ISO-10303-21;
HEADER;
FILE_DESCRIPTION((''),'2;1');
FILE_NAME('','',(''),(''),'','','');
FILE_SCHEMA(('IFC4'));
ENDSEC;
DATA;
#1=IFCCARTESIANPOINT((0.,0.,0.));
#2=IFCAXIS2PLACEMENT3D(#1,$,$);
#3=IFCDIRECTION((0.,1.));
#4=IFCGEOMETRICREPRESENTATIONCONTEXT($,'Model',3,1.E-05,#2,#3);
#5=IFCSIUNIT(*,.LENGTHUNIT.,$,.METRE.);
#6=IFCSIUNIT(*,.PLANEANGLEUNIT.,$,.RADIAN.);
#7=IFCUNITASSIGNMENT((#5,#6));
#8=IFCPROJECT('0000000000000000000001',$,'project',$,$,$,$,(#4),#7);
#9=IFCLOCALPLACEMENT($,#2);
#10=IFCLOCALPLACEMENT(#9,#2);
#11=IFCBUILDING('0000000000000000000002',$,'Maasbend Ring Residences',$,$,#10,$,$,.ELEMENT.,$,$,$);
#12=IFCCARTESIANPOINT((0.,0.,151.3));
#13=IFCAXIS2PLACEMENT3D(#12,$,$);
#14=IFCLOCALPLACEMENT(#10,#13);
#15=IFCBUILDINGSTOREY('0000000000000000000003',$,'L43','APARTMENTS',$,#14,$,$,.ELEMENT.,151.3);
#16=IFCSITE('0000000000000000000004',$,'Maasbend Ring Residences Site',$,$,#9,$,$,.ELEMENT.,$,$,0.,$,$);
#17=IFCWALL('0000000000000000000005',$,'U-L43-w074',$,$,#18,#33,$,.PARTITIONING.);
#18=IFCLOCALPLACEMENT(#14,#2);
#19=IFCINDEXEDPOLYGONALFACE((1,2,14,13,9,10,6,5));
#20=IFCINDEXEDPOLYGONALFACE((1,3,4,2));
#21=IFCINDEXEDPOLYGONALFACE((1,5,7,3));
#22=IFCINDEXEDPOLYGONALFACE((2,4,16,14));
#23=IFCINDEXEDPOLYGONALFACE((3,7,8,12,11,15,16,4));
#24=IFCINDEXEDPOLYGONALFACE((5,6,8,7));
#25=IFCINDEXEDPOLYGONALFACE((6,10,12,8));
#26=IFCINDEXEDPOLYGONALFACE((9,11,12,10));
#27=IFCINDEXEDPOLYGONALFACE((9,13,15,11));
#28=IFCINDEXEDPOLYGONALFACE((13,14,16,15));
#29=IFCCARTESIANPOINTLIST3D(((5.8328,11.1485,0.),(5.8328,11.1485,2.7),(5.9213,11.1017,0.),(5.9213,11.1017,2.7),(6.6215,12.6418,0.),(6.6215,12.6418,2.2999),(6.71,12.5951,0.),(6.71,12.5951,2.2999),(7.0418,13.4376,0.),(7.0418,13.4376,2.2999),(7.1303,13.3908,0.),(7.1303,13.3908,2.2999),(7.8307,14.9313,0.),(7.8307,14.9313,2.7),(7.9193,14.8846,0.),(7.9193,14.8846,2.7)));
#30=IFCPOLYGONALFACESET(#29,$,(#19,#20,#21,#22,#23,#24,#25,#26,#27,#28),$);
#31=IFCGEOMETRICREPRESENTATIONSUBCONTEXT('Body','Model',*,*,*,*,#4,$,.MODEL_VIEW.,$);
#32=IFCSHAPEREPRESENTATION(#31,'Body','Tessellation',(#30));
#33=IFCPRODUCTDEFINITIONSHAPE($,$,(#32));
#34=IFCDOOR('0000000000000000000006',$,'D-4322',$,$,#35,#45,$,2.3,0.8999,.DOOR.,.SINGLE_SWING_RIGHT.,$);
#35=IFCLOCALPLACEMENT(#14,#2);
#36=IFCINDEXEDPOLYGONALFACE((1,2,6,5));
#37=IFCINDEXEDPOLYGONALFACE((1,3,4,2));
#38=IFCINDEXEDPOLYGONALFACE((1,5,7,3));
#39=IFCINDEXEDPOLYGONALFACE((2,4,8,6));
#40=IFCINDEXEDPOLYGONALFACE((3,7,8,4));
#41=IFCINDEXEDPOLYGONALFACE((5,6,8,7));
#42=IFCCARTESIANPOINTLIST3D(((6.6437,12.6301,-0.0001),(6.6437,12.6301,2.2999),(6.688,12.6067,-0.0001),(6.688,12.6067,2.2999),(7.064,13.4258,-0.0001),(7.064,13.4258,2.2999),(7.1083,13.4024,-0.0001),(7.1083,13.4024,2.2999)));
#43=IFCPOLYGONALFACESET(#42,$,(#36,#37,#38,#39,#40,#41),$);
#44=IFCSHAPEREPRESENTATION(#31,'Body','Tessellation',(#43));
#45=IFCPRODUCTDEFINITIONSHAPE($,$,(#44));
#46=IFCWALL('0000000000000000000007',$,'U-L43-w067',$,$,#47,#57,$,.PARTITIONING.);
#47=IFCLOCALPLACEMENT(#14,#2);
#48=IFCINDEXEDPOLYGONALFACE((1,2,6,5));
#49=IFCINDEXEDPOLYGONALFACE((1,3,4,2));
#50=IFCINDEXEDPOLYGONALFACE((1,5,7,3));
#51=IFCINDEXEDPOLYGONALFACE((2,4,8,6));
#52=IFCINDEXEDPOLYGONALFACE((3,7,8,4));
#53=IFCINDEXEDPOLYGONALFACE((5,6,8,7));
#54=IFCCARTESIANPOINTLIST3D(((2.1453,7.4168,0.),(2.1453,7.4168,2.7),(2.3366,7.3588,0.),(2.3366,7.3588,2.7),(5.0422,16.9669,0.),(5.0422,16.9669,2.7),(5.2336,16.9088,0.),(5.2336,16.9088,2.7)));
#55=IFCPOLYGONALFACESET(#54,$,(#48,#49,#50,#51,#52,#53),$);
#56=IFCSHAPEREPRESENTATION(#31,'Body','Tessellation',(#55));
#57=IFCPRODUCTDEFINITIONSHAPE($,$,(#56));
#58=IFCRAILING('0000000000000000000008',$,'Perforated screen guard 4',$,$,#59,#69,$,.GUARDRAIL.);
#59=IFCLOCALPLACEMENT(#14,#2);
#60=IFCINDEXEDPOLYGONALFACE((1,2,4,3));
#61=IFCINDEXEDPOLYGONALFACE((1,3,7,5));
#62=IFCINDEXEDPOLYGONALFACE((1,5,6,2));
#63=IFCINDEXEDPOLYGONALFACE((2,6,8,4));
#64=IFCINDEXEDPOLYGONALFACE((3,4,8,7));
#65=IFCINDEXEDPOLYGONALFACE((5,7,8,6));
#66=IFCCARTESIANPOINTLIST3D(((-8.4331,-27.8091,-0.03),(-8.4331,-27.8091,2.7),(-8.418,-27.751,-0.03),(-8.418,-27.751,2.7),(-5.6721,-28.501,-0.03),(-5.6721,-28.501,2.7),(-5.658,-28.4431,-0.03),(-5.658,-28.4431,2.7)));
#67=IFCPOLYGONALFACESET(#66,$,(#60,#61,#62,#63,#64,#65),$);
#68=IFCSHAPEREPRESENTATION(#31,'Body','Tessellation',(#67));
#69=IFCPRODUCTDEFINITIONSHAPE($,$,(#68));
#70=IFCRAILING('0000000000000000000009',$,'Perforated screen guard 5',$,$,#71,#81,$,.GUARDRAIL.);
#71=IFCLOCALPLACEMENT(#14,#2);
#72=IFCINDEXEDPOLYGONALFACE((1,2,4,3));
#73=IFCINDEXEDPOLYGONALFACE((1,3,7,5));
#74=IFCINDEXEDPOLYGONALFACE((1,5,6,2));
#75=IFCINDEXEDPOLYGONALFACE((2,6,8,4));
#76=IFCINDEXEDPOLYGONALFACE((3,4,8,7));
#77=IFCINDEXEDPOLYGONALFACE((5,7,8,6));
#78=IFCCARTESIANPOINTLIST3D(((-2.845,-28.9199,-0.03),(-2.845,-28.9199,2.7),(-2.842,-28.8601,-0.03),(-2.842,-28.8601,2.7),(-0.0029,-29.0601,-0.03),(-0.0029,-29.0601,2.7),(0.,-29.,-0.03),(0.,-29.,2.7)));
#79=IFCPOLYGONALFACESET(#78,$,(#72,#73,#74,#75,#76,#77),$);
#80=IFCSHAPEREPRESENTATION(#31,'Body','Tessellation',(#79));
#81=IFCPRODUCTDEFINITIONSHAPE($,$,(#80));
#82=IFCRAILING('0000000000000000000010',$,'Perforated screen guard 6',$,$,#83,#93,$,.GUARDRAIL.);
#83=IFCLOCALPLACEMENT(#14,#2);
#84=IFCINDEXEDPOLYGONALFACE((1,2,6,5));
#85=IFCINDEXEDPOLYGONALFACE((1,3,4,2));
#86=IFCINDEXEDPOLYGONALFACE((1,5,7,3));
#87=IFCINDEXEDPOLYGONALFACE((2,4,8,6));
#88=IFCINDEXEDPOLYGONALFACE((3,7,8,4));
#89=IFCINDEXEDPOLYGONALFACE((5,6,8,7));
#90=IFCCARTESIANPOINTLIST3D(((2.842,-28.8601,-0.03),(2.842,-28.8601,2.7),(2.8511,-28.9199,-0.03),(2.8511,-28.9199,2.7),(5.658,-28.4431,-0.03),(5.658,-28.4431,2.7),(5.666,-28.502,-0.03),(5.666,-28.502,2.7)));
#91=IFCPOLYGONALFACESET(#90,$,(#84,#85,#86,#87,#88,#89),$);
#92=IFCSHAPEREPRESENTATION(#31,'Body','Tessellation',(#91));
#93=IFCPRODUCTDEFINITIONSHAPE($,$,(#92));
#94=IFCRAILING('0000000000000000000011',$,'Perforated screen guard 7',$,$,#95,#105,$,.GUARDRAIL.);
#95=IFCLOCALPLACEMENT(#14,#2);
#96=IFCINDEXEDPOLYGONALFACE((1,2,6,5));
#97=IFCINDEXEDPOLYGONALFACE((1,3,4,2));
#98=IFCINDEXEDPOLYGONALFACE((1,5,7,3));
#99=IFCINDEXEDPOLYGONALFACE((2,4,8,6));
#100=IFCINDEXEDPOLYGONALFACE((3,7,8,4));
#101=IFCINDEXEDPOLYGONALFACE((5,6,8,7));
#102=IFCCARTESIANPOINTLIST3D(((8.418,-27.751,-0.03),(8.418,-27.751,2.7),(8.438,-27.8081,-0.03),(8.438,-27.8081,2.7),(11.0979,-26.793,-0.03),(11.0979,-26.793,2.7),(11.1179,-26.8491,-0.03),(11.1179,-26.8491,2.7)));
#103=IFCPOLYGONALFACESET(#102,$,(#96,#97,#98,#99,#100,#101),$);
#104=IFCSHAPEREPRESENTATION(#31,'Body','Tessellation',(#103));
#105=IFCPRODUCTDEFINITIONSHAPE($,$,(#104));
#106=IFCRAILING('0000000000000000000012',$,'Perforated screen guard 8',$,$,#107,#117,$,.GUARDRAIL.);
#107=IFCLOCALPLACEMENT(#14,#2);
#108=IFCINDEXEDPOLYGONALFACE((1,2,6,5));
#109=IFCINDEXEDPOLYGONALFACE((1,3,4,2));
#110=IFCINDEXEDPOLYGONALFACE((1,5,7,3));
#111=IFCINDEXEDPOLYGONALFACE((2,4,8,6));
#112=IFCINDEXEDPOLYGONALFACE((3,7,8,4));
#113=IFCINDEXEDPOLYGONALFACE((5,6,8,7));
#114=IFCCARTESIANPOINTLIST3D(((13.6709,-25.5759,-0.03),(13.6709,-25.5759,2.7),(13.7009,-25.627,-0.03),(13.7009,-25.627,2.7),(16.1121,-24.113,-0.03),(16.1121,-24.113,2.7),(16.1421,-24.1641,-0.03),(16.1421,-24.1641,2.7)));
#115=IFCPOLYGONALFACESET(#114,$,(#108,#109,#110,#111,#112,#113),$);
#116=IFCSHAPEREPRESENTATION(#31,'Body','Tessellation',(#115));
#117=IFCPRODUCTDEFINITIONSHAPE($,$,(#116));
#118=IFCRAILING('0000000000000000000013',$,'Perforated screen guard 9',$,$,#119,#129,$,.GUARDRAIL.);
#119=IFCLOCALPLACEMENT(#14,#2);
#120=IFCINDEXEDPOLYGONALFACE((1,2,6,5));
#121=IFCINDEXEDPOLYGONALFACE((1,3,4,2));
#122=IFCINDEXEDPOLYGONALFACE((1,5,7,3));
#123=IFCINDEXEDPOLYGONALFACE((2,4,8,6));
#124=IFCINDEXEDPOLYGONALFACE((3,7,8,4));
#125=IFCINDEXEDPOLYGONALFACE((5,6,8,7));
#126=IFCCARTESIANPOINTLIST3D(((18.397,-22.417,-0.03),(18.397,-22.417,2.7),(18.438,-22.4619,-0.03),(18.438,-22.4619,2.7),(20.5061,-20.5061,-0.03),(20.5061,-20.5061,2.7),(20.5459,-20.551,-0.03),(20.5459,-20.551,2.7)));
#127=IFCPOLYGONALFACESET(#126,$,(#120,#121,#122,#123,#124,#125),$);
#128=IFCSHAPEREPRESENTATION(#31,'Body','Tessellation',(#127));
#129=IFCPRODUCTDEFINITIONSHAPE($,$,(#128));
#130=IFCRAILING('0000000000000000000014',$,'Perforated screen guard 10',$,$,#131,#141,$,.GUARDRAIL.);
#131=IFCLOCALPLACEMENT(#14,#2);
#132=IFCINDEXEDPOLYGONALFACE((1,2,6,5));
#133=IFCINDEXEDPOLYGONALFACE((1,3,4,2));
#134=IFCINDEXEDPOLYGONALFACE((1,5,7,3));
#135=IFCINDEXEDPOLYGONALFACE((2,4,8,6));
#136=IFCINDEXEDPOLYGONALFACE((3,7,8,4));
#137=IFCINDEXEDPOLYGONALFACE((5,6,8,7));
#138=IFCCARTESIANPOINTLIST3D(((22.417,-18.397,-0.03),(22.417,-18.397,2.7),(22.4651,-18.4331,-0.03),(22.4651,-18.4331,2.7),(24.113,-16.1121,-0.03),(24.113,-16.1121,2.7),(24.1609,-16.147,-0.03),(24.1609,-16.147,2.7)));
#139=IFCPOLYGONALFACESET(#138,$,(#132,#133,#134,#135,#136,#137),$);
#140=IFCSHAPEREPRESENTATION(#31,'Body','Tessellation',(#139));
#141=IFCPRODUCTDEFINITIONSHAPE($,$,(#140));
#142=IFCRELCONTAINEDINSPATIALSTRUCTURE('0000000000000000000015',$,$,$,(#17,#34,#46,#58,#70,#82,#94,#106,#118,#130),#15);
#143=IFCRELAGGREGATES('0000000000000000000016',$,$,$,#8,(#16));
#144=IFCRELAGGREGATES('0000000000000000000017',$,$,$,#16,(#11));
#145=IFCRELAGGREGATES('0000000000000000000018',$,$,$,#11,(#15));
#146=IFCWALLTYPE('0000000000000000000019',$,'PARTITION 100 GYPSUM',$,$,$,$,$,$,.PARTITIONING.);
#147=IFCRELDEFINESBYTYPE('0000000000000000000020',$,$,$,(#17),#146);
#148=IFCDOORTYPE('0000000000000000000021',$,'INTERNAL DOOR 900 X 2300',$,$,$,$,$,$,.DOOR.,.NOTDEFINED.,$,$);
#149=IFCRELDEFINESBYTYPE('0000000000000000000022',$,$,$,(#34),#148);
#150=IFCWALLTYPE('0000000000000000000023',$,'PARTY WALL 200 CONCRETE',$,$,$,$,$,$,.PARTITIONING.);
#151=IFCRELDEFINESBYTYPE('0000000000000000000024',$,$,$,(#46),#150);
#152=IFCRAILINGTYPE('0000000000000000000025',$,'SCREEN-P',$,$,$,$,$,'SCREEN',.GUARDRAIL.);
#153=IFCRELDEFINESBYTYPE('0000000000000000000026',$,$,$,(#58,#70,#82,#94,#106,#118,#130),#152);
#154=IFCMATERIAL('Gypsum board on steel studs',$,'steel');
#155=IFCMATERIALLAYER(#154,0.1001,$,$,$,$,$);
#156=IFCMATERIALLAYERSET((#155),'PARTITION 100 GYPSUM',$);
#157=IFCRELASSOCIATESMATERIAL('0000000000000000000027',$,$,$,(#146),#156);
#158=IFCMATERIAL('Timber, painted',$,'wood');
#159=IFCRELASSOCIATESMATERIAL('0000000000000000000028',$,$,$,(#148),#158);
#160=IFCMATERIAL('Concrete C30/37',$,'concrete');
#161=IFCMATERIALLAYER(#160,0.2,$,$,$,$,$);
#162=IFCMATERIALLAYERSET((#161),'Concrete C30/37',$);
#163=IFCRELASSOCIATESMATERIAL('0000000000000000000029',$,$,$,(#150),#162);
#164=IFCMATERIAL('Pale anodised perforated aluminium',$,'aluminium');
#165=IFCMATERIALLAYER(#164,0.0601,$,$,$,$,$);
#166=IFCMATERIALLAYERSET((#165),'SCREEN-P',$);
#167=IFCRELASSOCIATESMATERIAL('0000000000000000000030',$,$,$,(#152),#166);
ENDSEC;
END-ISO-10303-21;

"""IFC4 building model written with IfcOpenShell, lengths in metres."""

from ifc_helpers import new_model, si_unit, direction, frame, frame_2d, origin, place, context, subcontext, project, spatial, polyline, rectangle, outline, extrude, material, layer, layer_set, type_object, element, fill, save


model = new_model("IFC4")

# Units and contexts
model_context = context("Model", 3, precision=1e-05, world=origin(), true_north=direction((0.0, 1.0)))
body_context = subcontext(model_context, "Body", "Model", "MODEL_VIEW")
ifc_project = project(units=[si_unit("LENGTHUNIT", "METRE"), si_unit("PLANEANGLEUNIT", "RADIAN")], contexts=[model_context])

# Site, building, storey
site_placement = place(None, origin())
site = spatial("IfcSite", under=ifc_project, at=site_placement, Name="Maasbend Ring Residences Site", CompositionType="ELEMENT", RefElevation=0.0)
building_placement = place(site_placement, origin())
building = spatial("IfcBuilding", under=site, at=building_placement, Name="Maasbend Ring Residences", CompositionType="ELEMENT")
storey_placement = place(building_placement, frame((0.0, 0.0, 151.3)))
storey = spatial("IfcBuildingStorey", under=building, at=storey_placement, Name="L43", Description="APARTMENTS", CompositionType="ELEMENT", Elevation=151.3)

# Shared definitions
ifc_material_1 = material(Name="Gypsum board on steel studs", Category="steel")
ifc_layer_1 = layer(ifc_material_1, 0.1001)
ifc_layer_set_1 = layer_set([ifc_layer_1], Name="PARTITION 100 GYPSUM")
wall_type_1 = type_object("IfcWallType", Name="PARTITION 100 GYPSUM", PredefinedType="PARTITIONING", material=ifc_layer_set_1)
ifc_material_2 = material(Name="Timber, painted", Category="wood")
door_type = type_object("IfcDoorType", Name="INTERNAL DOOR 900 X 2300", OperationType="NOTDEFINED", PredefinedType="DOOR", material=ifc_material_2)

# Wall, opening, door
wall_1_placement = place(storey_placement, frame((5.877, 11.125, 0.0), z_axis=(0.0, 0.0, 1.0), x_axis=(0.46703, 0.884241, 0.0)))
wall_1 = element("IfcWall", 1, at=wall_1_placement, inside=storey, type_object=wall_type_1, Name="U-L43-w074", PredefinedType="PARTITIONING", context=body_context, shape_type="SweptSolid", body=[
    extrude(rectangle(XDim=4.2781, YDim=0.1001, at=frame_2d((2.1392, 0.0))), origin(), (0.0, 0.0, 1.0), 2.7),
])
opening_1_placement = place(wall_1_placement, frame((1.689, 0.0, 0.0)))
opening_1 = element("IfcOpeningElement", 2, at=opening_1_placement, cuts=wall_1, PredefinedType="OPENING", context=body_context, shape_type="SweptSolid", body=[
    extrude(rectangle(XDim=0.8999, YDim=2.3, at=frame_2d((0.45, 1.1499))), frame((0.0, 0.0601, 0.0), z_axis=(0.0, -1.0, 0.0), x_axis=(1.0, 0.0, 0.0)), (0.0, 0.0, 1.0), 0.1201),
])
door_1_placement = place(opening_1_placement, origin())
door_1 = element("IfcDoor", 3, at=door_1_placement, inside=storey, type_object=door_type, Name="D-4322", OperationType="SINGLE_SWING_RIGHT", OverallHeight=2.3, OverallWidth=0.8999, PredefinedType="DOOR", context=body_context, shape_type="SweptSolid", body=[
    extrude(rectangle(XDim=0.8999, YDim=2.3, at=frame_2d((0.45, 1.1499))), frame((0.0, 0.0249, 0.0), z_axis=(0.0, -1.0, 0.0), x_axis=(1.0, 0.0, 0.0)), (0.0, 0.0, 1.0), 0.05),
])
fill(opening_1, door_1)

# Wall
ifc_material_3 = material(Name="Concrete C30/37", Category="concrete")
ifc_layer_2 = layer(ifc_material_3, 0.2)
ifc_layer_set_2 = layer_set([ifc_layer_2], Name="Concrete C30/37")
wall_type_2 = type_object("IfcWallType", Name="PARTY WALL 200 CONCRETE", PredefinedType="PARTITIONING", material=ifc_layer_set_2)
wall_2_placement = place(storey_placement, frame((2.241, 7.3879, 0.0), z_axis=(0.0, 0.0, 1.0), x_axis=(0.290284, 0.95694, 0.0)))
element("IfcWall", 4, at=wall_2_placement, inside=storey, type_object=wall_type_2, Name="U-L43-w067", PredefinedType="PARTITIONING", context=body_context, shape_type="SweptSolid", body=[
    extrude(rectangle(XDim=9.9797, YDim=0.2, at=frame_2d((4.9897, 0.0))), origin(), (0.0, 0.0, 1.0), 2.7),
])

# Railings
ifc_material_4 = material(Name="Pale anodised perforated aluminium", Category="aluminium")
ifc_layer_3 = layer(ifc_material_4, 0.0601)
ifc_layer_set_3 = layer_set([ifc_layer_3], Name="SCREEN-P")
railing_type = type_object("IfcRailingType", Name="SCREEN-P", ElementType="SCREEN", PredefinedType="GUARDRAIL", material=ifc_layer_set_3)
railing_1_placement = place(storey_placement, frame((0.0, 0.0, -0.03)))
element("IfcRailing", 5, at=railing_1_placement, inside=storey, type_object=railing_type, Name="Perforated screen guard 4", PredefinedType="GUARDRAIL", context=body_context, shape_type="SweptSolid", body=[
    extrude(outline(polyline([(-8.418, -27.751), (-5.658, -28.4431), (-5.6721, -28.501), (-8.4331, -27.8091), (-8.418, -27.751)])), origin(), (0.0, 0.0, 1.0), 2.73),
])
railing_2_placement = place(storey_placement, frame((0.0, 0.0, -0.03)))
element("IfcRailing", 6, at=railing_2_placement, inside=storey, type_object=railing_type, Name="Perforated screen guard 5", PredefinedType="GUARDRAIL", context=body_context, shape_type="SweptSolid", body=[
    extrude(outline(polyline([(-2.842, -28.8601), (0.0, -29.0), (-0.0029, -29.0601), (-2.845, -28.9199), (-2.842, -28.8601)])), origin(), (0.0, 0.0, 1.0), 2.73),
])
railing_3_placement = place(storey_placement, frame((0.0, 0.0, -0.03)))
element("IfcRailing", 7, at=railing_3_placement, inside=storey, type_object=railing_type, Name="Perforated screen guard 6", PredefinedType="GUARDRAIL", context=body_context, shape_type="SweptSolid", body=[
    extrude(outline(polyline([(2.842, -28.8601), (5.658, -28.4431), (5.666, -28.502), (2.8511, -28.9199), (2.842, -28.8601)])), origin(), (0.0, 0.0, 1.0), 2.73),
])
railing_4_placement = place(storey_placement, frame((0.0, 0.0, -0.03)))
element("IfcRailing", 8, at=railing_4_placement, inside=storey, type_object=railing_type, Name="Perforated screen guard 7", PredefinedType="GUARDRAIL", context=body_context, shape_type="SweptSolid", body=[
    extrude(outline(polyline([(8.418, -27.751), (11.0979, -26.793), (11.1179, -26.8491), (8.438, -27.8081), (8.418, -27.751)])), origin(), (0.0, 0.0, 1.0), 2.73),
])
railing_5_placement = place(storey_placement, frame((0.0, 0.0, -0.03)))
element("IfcRailing", 9, at=railing_5_placement, inside=storey, type_object=railing_type, Name="Perforated screen guard 8", PredefinedType="GUARDRAIL", context=body_context, shape_type="SweptSolid", body=[
    extrude(outline(polyline([(13.6709, -25.5759), (16.1121, -24.113), (16.1421, -24.1641), (13.7009, -25.627), (13.6709, -25.5759)])), origin(), (0.0, 0.0, 1.0), 2.73),
])
railing_6_placement = place(storey_placement, frame((0.0, 0.0, -0.03)))
element("IfcRailing", 10, at=railing_6_placement, inside=storey, type_object=railing_type, Name="Perforated screen guard 9", PredefinedType="GUARDRAIL", context=body_context, shape_type="SweptSolid", body=[
    extrude(outline(polyline([(18.397, -22.417), (20.5061, -20.5061), (20.5459, -20.551), (18.438, -22.4619), (18.397, -22.417)])), origin(), (0.0, 0.0, 1.0), 2.73),
])
railing_7_placement = place(storey_placement, frame((0.0, 0.0, -0.03)))
element("IfcRailing", 11, at=railing_7_placement, inside=storey, type_object=railing_type, Name="Perforated screen guard 10", PredefinedType="GUARDRAIL", context=body_context, shape_type="SweptSolid", body=[
    extrude(outline(polyline([(22.417, -18.397), (24.113, -16.1121), (24.1609, -16.147), (22.4651, -18.4331), (22.417, -18.397)])), origin(), (0.0, 0.0, 1.0), 2.73),
])

save(model, "model.ifc")
